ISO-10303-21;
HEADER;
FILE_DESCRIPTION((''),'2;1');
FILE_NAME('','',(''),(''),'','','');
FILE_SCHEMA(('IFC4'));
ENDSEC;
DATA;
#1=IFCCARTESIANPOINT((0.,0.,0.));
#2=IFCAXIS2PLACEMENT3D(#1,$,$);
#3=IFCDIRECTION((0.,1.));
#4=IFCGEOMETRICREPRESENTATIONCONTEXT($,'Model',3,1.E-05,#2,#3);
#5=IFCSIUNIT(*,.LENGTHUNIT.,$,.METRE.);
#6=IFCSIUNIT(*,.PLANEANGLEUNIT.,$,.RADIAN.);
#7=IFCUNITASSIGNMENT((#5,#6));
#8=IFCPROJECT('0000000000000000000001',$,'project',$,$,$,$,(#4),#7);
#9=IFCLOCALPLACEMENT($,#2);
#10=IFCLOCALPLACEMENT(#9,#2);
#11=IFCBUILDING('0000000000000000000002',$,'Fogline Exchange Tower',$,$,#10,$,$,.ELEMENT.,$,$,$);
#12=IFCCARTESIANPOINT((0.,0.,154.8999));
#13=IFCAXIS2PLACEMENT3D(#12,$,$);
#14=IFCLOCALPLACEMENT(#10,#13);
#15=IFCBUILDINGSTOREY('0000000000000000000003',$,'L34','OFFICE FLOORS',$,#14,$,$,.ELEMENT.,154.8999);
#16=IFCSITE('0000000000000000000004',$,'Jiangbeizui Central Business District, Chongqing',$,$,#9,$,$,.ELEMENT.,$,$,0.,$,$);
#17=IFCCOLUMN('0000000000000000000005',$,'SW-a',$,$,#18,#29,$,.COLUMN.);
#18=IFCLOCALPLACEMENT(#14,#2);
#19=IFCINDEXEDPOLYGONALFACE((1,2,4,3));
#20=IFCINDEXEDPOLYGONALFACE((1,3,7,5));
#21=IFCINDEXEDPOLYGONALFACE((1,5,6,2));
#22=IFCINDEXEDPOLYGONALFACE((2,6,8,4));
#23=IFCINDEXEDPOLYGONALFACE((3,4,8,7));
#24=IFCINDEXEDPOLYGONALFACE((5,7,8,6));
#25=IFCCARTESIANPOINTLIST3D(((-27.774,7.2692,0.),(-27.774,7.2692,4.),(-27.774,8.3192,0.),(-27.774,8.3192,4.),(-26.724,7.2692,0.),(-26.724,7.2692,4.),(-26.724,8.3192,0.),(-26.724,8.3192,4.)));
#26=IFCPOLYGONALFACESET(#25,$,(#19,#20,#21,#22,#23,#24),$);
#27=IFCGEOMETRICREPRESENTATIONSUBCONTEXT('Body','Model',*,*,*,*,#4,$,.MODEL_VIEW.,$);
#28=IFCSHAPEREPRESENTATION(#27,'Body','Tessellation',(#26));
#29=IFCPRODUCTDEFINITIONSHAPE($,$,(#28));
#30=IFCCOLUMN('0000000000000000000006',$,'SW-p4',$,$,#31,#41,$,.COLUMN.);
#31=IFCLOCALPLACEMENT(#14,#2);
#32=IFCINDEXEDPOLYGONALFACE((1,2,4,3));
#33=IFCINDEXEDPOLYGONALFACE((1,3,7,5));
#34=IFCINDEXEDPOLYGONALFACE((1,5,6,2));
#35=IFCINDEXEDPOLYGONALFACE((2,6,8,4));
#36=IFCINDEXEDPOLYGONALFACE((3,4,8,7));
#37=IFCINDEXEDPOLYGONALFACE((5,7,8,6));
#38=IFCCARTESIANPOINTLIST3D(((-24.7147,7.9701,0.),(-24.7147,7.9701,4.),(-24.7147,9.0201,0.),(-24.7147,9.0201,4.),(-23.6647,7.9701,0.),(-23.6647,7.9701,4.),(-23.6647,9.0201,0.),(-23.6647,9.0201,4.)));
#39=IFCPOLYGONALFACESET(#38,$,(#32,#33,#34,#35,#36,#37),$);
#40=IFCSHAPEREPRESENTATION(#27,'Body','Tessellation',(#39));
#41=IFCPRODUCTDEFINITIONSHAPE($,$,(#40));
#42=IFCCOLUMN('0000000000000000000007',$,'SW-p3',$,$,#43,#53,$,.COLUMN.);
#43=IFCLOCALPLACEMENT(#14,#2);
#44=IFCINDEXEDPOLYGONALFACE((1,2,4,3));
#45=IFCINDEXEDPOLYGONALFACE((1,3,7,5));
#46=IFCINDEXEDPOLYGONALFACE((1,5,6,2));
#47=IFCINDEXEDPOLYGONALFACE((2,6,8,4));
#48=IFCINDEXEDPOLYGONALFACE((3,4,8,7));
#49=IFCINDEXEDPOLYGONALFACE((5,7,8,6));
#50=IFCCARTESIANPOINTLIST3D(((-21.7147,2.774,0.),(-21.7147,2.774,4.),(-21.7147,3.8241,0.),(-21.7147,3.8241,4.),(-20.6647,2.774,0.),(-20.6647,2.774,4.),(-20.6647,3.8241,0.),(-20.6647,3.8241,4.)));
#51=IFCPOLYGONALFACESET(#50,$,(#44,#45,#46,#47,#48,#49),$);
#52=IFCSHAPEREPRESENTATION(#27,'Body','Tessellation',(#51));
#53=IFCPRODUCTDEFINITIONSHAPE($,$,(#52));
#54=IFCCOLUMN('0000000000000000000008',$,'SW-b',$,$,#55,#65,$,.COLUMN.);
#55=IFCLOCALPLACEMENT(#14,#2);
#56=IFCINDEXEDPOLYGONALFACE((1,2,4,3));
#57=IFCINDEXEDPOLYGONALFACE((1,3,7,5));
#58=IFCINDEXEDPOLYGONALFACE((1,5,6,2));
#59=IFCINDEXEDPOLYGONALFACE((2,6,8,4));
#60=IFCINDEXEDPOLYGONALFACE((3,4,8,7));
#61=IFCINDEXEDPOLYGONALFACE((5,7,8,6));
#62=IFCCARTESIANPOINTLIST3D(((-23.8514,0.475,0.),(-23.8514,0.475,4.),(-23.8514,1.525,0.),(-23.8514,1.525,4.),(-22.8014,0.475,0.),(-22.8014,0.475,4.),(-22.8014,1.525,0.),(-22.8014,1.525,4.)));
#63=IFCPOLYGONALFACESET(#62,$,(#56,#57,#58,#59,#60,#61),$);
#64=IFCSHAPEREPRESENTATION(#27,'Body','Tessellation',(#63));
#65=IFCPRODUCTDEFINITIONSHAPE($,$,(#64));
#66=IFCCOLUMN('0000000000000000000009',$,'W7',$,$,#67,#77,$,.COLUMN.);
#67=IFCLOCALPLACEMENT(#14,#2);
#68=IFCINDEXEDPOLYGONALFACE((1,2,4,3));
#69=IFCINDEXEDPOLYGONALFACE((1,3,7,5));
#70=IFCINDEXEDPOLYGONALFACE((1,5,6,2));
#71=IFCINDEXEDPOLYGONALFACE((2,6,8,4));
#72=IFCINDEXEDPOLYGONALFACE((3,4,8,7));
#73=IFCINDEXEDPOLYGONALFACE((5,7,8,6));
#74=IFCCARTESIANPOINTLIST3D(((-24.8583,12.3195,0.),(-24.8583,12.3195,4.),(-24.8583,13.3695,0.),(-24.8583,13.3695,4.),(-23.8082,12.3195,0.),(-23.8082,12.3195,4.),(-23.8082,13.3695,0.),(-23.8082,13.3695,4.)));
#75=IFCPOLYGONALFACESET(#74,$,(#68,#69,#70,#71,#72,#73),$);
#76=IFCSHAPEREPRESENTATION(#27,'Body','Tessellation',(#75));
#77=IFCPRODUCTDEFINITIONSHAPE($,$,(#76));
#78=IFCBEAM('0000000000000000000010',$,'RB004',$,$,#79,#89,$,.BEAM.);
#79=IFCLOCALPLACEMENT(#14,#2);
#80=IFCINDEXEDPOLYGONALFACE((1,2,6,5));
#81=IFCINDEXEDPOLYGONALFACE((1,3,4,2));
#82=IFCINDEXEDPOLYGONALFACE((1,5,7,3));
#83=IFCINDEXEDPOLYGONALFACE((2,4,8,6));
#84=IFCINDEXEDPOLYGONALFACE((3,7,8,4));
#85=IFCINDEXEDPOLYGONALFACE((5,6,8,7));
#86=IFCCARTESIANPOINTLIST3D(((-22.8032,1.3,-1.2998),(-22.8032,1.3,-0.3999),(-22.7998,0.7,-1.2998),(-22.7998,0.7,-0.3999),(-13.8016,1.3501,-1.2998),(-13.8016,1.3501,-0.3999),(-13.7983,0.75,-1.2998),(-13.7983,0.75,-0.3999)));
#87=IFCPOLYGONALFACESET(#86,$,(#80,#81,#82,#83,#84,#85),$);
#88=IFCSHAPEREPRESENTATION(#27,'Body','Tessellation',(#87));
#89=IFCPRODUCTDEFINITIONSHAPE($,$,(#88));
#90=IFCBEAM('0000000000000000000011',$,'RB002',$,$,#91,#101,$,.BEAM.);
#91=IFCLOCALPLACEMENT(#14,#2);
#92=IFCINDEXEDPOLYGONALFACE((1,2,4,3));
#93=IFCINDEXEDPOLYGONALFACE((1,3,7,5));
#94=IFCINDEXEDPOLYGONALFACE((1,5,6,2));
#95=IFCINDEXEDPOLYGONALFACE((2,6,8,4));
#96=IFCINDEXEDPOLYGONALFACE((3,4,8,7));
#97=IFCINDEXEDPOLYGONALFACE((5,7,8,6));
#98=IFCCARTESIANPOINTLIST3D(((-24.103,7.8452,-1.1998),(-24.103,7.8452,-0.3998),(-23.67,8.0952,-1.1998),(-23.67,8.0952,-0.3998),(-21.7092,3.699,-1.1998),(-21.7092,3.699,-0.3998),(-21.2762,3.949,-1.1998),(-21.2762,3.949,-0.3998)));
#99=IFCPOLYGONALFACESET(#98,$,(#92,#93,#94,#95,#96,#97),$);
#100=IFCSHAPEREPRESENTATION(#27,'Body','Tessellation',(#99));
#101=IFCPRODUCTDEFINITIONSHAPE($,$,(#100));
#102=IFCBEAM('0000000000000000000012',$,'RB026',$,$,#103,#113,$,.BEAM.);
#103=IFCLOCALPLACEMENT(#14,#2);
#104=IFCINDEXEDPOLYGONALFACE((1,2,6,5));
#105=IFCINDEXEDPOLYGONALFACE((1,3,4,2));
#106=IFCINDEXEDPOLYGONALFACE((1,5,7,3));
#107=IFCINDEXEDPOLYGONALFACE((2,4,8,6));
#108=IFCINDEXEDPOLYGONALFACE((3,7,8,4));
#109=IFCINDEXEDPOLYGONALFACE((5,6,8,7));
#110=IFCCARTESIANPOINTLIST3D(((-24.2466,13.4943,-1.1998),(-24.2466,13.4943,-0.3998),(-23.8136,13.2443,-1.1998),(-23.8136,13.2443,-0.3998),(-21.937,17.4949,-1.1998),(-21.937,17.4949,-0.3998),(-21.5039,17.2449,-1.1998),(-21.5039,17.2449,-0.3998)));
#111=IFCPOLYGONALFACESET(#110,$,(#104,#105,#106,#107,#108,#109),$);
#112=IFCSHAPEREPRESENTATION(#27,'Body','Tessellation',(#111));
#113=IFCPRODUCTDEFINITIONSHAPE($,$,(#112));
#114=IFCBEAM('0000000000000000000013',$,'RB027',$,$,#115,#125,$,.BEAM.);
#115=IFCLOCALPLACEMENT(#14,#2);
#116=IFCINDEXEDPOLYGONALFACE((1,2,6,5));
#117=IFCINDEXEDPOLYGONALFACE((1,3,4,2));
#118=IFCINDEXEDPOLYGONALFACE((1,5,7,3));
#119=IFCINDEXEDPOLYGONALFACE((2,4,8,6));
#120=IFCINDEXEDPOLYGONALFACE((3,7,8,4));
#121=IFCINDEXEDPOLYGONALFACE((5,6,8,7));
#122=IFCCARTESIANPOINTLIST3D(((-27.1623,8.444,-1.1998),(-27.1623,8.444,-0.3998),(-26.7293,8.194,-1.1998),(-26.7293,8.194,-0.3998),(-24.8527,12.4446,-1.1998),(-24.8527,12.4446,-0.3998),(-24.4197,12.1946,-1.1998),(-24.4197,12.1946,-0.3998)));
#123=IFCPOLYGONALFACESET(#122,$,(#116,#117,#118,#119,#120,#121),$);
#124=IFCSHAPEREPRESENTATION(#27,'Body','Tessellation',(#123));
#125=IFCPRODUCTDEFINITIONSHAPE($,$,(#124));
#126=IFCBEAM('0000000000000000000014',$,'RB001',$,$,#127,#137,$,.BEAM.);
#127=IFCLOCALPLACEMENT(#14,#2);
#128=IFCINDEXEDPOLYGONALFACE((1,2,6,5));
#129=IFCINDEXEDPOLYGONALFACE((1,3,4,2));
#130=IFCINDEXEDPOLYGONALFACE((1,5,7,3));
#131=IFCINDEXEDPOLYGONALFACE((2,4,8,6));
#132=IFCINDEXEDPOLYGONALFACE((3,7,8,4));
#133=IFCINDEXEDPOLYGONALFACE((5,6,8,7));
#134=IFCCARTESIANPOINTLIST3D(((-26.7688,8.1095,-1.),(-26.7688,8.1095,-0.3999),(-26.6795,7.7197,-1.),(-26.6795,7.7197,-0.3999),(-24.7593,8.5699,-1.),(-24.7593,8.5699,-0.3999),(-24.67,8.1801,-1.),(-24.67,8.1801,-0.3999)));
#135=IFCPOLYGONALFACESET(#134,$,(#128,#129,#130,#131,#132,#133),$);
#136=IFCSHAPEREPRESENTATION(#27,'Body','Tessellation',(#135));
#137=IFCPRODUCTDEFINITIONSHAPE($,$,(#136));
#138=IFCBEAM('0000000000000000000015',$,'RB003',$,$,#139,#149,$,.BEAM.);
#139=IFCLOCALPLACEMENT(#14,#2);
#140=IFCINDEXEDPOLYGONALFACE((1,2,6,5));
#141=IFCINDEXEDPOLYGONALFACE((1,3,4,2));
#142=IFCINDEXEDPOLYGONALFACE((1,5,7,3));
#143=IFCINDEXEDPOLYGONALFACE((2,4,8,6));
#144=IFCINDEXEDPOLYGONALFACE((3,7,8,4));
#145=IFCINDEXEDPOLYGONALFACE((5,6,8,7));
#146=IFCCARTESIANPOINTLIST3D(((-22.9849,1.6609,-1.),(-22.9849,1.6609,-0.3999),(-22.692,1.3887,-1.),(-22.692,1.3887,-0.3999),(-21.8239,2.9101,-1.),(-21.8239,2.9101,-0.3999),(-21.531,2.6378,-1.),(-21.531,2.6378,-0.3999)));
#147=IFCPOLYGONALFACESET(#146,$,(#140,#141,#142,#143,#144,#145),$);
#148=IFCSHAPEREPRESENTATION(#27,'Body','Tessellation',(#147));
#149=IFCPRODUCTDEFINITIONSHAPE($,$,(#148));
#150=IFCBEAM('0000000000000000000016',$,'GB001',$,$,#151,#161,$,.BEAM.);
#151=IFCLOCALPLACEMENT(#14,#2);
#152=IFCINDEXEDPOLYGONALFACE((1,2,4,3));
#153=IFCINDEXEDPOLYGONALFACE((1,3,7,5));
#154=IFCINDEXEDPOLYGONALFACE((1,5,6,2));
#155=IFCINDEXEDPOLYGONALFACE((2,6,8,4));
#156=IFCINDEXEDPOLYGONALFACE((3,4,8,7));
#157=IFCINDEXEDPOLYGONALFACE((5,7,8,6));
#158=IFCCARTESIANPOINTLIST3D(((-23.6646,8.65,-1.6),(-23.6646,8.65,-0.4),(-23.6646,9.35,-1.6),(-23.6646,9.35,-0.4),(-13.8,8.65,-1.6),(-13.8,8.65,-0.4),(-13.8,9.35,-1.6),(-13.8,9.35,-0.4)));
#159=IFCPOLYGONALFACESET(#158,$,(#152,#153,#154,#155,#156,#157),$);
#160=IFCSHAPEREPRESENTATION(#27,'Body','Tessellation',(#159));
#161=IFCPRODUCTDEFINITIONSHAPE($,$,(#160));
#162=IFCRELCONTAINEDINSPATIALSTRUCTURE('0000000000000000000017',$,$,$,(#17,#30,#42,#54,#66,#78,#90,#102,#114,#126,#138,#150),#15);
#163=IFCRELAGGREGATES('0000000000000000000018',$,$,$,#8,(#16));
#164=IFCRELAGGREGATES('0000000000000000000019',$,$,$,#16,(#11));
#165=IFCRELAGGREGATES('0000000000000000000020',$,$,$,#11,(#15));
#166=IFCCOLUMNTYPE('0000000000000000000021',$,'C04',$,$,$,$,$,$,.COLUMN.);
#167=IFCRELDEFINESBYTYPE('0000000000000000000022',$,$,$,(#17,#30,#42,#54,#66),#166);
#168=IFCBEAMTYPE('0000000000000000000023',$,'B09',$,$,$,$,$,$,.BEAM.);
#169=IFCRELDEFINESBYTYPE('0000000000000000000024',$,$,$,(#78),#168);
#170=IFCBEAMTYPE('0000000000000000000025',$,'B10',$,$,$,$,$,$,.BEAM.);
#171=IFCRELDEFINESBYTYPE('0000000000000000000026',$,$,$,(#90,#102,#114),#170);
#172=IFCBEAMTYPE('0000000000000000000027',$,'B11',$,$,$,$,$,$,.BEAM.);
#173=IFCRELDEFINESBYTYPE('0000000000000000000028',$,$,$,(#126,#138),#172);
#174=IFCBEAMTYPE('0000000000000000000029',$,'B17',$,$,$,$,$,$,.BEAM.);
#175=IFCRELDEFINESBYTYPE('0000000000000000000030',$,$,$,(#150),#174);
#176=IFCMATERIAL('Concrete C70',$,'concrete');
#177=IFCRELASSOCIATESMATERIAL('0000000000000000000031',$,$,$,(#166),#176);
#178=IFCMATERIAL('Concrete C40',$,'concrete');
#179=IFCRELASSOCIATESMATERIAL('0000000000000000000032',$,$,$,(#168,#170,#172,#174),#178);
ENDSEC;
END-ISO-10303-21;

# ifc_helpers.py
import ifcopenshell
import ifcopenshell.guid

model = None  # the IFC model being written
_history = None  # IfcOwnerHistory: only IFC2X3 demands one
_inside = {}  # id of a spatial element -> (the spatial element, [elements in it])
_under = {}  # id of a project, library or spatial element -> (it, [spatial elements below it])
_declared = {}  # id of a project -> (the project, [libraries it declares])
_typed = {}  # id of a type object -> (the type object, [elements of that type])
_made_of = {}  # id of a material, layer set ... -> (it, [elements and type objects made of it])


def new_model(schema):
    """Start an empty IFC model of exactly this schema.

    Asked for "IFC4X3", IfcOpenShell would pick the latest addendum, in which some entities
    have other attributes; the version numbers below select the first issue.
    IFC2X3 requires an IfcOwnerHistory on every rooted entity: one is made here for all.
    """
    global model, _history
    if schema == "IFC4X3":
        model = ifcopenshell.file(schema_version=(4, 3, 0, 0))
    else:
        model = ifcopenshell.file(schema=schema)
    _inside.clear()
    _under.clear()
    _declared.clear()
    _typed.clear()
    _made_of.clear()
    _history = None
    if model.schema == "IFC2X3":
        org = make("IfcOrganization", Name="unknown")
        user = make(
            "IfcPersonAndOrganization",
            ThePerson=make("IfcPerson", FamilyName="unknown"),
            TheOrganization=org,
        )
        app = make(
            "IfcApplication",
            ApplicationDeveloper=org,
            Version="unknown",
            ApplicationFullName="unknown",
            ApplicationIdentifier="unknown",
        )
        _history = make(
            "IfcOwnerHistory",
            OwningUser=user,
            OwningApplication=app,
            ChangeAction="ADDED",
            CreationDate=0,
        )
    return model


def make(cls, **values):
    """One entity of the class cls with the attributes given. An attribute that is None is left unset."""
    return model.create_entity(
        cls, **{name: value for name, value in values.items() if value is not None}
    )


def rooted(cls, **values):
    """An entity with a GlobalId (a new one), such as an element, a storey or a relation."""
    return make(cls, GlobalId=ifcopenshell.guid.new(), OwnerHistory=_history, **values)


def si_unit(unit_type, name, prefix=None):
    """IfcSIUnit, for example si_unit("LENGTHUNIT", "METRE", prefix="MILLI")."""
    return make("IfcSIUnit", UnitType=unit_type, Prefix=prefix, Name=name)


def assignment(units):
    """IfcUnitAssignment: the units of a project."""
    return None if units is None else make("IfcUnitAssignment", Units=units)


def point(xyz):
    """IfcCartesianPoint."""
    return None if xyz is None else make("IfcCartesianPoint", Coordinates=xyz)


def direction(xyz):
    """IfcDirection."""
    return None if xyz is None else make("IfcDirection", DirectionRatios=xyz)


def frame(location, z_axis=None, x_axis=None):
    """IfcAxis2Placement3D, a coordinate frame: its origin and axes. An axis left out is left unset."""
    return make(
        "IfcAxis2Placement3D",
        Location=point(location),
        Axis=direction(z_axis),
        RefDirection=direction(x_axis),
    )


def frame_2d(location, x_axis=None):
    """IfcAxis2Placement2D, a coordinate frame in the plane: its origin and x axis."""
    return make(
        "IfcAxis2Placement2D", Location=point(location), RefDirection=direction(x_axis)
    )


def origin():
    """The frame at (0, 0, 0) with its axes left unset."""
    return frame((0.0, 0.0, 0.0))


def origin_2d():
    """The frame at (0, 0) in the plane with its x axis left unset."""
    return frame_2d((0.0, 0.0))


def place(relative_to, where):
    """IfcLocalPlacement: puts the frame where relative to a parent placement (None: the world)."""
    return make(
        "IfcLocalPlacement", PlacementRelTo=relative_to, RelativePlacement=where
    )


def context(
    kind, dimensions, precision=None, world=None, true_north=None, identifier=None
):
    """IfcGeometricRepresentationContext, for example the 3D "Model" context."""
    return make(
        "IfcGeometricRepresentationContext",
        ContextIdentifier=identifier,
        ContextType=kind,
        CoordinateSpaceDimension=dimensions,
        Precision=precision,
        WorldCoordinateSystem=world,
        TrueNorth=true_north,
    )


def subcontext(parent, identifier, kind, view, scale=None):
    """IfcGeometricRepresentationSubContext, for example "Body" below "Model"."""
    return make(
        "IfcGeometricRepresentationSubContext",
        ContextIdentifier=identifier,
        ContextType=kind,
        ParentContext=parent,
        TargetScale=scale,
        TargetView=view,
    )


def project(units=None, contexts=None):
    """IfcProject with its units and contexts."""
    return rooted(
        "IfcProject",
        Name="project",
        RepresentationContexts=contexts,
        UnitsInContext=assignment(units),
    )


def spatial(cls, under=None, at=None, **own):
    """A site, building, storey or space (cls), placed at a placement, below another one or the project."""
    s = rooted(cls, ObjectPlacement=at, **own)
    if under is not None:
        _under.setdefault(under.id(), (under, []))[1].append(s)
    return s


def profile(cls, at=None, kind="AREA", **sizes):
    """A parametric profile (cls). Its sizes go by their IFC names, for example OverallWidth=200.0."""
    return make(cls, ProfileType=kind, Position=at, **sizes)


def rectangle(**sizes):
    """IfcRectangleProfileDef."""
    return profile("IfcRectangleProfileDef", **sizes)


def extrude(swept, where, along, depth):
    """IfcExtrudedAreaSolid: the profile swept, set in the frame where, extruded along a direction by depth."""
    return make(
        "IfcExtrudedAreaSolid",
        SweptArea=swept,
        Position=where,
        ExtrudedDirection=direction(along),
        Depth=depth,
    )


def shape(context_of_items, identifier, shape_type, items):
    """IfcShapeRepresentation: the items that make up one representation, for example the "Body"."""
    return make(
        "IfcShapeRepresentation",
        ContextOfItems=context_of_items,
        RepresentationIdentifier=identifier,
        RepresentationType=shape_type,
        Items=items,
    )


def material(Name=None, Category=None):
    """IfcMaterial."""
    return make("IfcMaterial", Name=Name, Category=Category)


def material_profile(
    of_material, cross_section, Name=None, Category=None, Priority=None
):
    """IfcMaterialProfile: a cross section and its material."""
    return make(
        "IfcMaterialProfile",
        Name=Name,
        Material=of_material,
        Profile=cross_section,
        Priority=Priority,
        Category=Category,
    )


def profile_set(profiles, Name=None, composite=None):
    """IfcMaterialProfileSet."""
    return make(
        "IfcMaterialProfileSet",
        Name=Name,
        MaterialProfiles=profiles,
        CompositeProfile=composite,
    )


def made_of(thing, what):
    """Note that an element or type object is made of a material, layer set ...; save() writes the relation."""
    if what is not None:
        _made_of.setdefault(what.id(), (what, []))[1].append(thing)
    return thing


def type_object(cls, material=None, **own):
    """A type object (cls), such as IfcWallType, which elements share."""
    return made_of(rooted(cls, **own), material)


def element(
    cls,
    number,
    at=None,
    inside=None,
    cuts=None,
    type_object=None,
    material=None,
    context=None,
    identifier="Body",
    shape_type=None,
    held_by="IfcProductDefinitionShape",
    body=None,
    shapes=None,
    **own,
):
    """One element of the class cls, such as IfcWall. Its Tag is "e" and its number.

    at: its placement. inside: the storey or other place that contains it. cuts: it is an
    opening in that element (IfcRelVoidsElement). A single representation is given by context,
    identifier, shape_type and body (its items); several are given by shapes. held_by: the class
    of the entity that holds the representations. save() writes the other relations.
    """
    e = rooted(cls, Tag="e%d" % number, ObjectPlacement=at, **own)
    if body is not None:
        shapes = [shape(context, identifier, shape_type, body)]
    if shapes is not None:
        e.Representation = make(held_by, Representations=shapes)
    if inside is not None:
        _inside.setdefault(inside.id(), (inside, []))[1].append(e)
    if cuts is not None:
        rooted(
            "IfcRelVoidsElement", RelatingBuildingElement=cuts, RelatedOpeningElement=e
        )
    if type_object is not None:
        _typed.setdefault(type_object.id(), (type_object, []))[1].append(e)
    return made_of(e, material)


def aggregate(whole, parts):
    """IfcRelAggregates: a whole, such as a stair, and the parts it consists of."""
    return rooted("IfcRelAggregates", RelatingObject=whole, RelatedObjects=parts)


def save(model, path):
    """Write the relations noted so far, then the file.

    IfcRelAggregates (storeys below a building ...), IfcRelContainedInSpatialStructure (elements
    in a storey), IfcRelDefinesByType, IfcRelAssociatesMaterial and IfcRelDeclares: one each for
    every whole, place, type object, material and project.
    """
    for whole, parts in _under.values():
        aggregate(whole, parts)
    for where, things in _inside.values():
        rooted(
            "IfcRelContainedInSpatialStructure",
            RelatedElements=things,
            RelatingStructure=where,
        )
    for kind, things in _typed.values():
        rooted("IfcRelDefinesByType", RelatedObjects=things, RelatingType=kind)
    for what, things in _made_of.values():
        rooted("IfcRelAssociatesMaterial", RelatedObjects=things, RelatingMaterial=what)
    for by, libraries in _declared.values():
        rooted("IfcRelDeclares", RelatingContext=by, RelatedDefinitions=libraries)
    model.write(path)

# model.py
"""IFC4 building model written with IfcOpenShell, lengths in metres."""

from ifc_helpers import new_model, si_unit, direction, frame, origin, origin_2d, place, context, subcontext, project, spatial, rectangle, extrude, material, material_profile, profile_set, type_object, element, save


model = new_model("IFC4")

# Units and contexts
model_context = context("Model", 3, precision=1e-05, world=origin(), true_north=direction((0.0, 1.0)))
body_context = subcontext(model_context, "Body", "Model", "MODEL_VIEW")
ifc_project = project(units=[si_unit("LENGTHUNIT", "METRE"), si_unit("PLANEANGLEUNIT", "RADIAN")], contexts=[model_context])

# Site, building, storey
site_placement = place(None, origin())
site = spatial("IfcSite", under=ifc_project, at=site_placement, Name="Jiangbeizui Central Business District, Chongqing", CompositionType="ELEMENT", RefElevation=0.0)
building_placement = place(site_placement, origin())
building = spatial("IfcBuilding", under=site, at=building_placement, Name="Fogline Exchange Tower", CompositionType="ELEMENT")
storey_placement = place(building_placement, frame((0.0, 0.0, 154.8999)))
storey = spatial("IfcBuildingStorey", under=building, at=storey_placement, Name="L34", Description="OFFICE FLOORS", CompositionType="ELEMENT", Elevation=154.8999)

# Columns
ifc_material_1 = material(Name="Concrete C70", Category="concrete")
ifc_material_profile_1 = material_profile(ifc_material_1, rectangle(XDim=1.05, YDim=1.05, at=origin_2d()), Name="RC 1050x1050")
ifc_profile_set_1 = profile_set([ifc_material_profile_1], Name="Concrete C70")
column_type = type_object("IfcColumnType", Name="C04", PredefinedType="COLUMN", material=ifc_profile_set_1)
for number, where, z_axis, x_axis, name in (
    (1, (-27.249, 7.7942, 0.0), (0.0, 0.0, 1.0), (1.0, 0.0, 0.0), "SW-a"),
    (2, (-24.1897, 8.4951, 0.0), (0.0, 0.0, 1.0), (1.0, 0.0, 0.0), "SW-p4"),
    (3, (-21.1897, 3.2991, 0.0), (0.0, 0.0, 1.0), (1.0, 0.0, 0.0), "SW-p3"),
    (4, (-23.3264, 1.0, 0.0), (0.0, 0.0, 1.0), (1.0, 0.0, 0.0), "SW-b"),
    (5, (-24.3333, 12.8445, 0.0), (0.0, 0.0, 1.0), (1.0, 0.0, 0.0), "W7"),
):
    element("IfcColumn", number, at=place(storey_placement, frame(where, z_axis=z_axis, x_axis=x_axis)), inside=storey, type_object=column_type, Name=name, PredefinedType="COLUMN", context=body_context, shape_type="SweptSolid", body=[
        extrude(rectangle(XDim=1.05, YDim=1.05, at=origin_2d()), origin(), (0.0, 0.0, 1.0), 4.0),
    ])

# Beams
ifc_material_2 = material(Name="Concrete C40", Category="concrete")
ifc_material_profile_2 = material_profile(ifc_material_2, rectangle(XDim=0.6001, YDim=0.8999, at=origin_2d()), Name="RC 600x900")
ifc_profile_set_2 = profile_set([ifc_material_profile_2], Name="Concrete C40")
beam_type_1 = type_object("IfcBeamType", Name="B09", PredefinedType="BEAM", material=ifc_profile_set_2)
beam_1_placement = place(storey_placement, frame((-22.8015, 1.0, -0.8499), z_axis=(0.999985, 0.00556, 0.0), x_axis=(-0.00556, 0.999985, 0.0)))
element("IfcBeam", 6, at=beam_1_placement, inside=storey, type_object=beam_type_1, Name="RB004", PredefinedType="BEAM", context=body_context, shape_type="SweptSolid", body=[
    extrude(rectangle(XDim=0.6001, YDim=0.8999, at=origin_2d()), origin(), (0.0, 0.0, 1.0), 9.0017),
])
ifc_material_profile_3 = material_profile(ifc_material_2, rectangle(XDim=0.5, YDim=0.8, at=origin_2d()), Name="RC 500x800")
ifc_profile_set_3 = profile_set([ifc_material_profile_3], Name="Concrete C40")
beam_type_2 = type_object("IfcBeamType", Name="B10", PredefinedType="BEAM", material=ifc_profile_set_3)
beam_2_placement = place(storey_placement, frame((-23.8865, 7.9702, -0.7998), z_axis=(0.499995, -0.866028, 0.0), x_axis=(0.866028, 0.499995, 0.0)))
element("IfcBeam", 7, at=beam_2_placement, inside=storey, type_object=beam_type_2, Name="RB002", PredefinedType="BEAM", context=body_context, shape_type="SweptSolid", body=[
    extrude(rectangle(XDim=0.5, YDim=0.8, at=origin_2d()), origin(), (0.0, 0.0, 1.0), 4.7876),
])
for number, where, z_axis, x_axis, name in (
    (8, (-21.7205, 17.3699, -0.7998), (-0.499982, -0.866036, 0.0), (0.866036, -0.499982, 0.0), "RB026"),
    (9, (-24.6362, 12.3196, -0.7998), (-0.499982, -0.866036, 0.0), (0.866036, -0.499982, 0.0), "RB027"),
):
    element("IfcBeam", number, at=place(storey_placement, frame(where, z_axis=z_axis, x_axis=x_axis)), inside=storey, type_object=beam_type_2, Name=name, PredefinedType="BEAM", context=body_context, shape_type="SweptSolid", body=[
        extrude(rectangle(XDim=0.5, YDim=0.8, at=origin_2d()), origin(), (0.0, 0.0, 1.0), 4.6194),
    ])
ifc_material_profile_4 = material_profile(ifc_material_2, rectangle(XDim=0.3999, YDim=0.6001, at=origin_2d()), Name="RC 400x600")
ifc_profile_set_4 = profile_set([ifc_material_profile_4], Name="Concrete C40")
beam_type_3 = type_object("IfcBeamType", Name="B11", PredefinedType="BEAM", material=ifc_profile_set_4)
beam_3_placement = place(storey_placement, frame((-26.7241, 7.9146, -0.7), z_axis=(0.974739, 0.223346, 0.0), x_axis=(-0.223346, 0.974739, 0.0)))
element("IfcBeam", 10, at=beam_3_placement, inside=storey, type_object=beam_type_3, Name="RB001", PredefinedType="BEAM", context=body_context, shape_type="SweptSolid", body=[
    extrude(rectangle(XDim=0.3999, YDim=0.6001, at=origin_2d()), origin(), (0.0, 0.0, 1.0), 2.0615),
])
beam_4_placement = place(storey_placement, frame((-21.6775, 2.7739, -0.7), z_axis=(-0.680792, -0.732477, 0.0), x_axis=(0.732477, -0.680792, 0.0)))
element("IfcBeam", 11, at=beam_4_placement, inside=storey, type_object=beam_type_3, Name="RB003", PredefinedType="BEAM", context=body_context, shape_type="SweptSolid", body=[
    extrude(rectangle(XDim=0.3999, YDim=0.6001, at=origin_2d()), origin(), (0.0, 0.0, 1.0), 1.7053),
])
ifc_material_profile_5 = material_profile(ifc_material_2, rectangle(XDim=0.7, YDim=1.2, at=origin_2d()), Name="RC 700x1200")
ifc_profile_set_5 = profile_set([ifc_material_profile_5], Name="Concrete C40")
beam_type_4 = type_object("IfcBeamType", Name="B17", PredefinedType="BEAM", material=ifc_profile_set_5)
beam_5_placement = place(storey_placement, frame((-23.6646, 9.0, -1.0), z_axis=(1.0, 0.0, 0.0), x_axis=(0.0, 1.0, 0.0)))
element("IfcBeam", 12, at=beam_5_placement, inside=storey, type_object=beam_type_4, Name="GB001", PredefinedType="BEAM", context=body_context, shape_type="SweptSolid", body=[
    extrude(rectangle(XDim=0.7, YDim=1.2, at=origin_2d()), origin(), (0.0, 0.0, 1.0), 9.8645),
])

save(model, "model.ifc")
